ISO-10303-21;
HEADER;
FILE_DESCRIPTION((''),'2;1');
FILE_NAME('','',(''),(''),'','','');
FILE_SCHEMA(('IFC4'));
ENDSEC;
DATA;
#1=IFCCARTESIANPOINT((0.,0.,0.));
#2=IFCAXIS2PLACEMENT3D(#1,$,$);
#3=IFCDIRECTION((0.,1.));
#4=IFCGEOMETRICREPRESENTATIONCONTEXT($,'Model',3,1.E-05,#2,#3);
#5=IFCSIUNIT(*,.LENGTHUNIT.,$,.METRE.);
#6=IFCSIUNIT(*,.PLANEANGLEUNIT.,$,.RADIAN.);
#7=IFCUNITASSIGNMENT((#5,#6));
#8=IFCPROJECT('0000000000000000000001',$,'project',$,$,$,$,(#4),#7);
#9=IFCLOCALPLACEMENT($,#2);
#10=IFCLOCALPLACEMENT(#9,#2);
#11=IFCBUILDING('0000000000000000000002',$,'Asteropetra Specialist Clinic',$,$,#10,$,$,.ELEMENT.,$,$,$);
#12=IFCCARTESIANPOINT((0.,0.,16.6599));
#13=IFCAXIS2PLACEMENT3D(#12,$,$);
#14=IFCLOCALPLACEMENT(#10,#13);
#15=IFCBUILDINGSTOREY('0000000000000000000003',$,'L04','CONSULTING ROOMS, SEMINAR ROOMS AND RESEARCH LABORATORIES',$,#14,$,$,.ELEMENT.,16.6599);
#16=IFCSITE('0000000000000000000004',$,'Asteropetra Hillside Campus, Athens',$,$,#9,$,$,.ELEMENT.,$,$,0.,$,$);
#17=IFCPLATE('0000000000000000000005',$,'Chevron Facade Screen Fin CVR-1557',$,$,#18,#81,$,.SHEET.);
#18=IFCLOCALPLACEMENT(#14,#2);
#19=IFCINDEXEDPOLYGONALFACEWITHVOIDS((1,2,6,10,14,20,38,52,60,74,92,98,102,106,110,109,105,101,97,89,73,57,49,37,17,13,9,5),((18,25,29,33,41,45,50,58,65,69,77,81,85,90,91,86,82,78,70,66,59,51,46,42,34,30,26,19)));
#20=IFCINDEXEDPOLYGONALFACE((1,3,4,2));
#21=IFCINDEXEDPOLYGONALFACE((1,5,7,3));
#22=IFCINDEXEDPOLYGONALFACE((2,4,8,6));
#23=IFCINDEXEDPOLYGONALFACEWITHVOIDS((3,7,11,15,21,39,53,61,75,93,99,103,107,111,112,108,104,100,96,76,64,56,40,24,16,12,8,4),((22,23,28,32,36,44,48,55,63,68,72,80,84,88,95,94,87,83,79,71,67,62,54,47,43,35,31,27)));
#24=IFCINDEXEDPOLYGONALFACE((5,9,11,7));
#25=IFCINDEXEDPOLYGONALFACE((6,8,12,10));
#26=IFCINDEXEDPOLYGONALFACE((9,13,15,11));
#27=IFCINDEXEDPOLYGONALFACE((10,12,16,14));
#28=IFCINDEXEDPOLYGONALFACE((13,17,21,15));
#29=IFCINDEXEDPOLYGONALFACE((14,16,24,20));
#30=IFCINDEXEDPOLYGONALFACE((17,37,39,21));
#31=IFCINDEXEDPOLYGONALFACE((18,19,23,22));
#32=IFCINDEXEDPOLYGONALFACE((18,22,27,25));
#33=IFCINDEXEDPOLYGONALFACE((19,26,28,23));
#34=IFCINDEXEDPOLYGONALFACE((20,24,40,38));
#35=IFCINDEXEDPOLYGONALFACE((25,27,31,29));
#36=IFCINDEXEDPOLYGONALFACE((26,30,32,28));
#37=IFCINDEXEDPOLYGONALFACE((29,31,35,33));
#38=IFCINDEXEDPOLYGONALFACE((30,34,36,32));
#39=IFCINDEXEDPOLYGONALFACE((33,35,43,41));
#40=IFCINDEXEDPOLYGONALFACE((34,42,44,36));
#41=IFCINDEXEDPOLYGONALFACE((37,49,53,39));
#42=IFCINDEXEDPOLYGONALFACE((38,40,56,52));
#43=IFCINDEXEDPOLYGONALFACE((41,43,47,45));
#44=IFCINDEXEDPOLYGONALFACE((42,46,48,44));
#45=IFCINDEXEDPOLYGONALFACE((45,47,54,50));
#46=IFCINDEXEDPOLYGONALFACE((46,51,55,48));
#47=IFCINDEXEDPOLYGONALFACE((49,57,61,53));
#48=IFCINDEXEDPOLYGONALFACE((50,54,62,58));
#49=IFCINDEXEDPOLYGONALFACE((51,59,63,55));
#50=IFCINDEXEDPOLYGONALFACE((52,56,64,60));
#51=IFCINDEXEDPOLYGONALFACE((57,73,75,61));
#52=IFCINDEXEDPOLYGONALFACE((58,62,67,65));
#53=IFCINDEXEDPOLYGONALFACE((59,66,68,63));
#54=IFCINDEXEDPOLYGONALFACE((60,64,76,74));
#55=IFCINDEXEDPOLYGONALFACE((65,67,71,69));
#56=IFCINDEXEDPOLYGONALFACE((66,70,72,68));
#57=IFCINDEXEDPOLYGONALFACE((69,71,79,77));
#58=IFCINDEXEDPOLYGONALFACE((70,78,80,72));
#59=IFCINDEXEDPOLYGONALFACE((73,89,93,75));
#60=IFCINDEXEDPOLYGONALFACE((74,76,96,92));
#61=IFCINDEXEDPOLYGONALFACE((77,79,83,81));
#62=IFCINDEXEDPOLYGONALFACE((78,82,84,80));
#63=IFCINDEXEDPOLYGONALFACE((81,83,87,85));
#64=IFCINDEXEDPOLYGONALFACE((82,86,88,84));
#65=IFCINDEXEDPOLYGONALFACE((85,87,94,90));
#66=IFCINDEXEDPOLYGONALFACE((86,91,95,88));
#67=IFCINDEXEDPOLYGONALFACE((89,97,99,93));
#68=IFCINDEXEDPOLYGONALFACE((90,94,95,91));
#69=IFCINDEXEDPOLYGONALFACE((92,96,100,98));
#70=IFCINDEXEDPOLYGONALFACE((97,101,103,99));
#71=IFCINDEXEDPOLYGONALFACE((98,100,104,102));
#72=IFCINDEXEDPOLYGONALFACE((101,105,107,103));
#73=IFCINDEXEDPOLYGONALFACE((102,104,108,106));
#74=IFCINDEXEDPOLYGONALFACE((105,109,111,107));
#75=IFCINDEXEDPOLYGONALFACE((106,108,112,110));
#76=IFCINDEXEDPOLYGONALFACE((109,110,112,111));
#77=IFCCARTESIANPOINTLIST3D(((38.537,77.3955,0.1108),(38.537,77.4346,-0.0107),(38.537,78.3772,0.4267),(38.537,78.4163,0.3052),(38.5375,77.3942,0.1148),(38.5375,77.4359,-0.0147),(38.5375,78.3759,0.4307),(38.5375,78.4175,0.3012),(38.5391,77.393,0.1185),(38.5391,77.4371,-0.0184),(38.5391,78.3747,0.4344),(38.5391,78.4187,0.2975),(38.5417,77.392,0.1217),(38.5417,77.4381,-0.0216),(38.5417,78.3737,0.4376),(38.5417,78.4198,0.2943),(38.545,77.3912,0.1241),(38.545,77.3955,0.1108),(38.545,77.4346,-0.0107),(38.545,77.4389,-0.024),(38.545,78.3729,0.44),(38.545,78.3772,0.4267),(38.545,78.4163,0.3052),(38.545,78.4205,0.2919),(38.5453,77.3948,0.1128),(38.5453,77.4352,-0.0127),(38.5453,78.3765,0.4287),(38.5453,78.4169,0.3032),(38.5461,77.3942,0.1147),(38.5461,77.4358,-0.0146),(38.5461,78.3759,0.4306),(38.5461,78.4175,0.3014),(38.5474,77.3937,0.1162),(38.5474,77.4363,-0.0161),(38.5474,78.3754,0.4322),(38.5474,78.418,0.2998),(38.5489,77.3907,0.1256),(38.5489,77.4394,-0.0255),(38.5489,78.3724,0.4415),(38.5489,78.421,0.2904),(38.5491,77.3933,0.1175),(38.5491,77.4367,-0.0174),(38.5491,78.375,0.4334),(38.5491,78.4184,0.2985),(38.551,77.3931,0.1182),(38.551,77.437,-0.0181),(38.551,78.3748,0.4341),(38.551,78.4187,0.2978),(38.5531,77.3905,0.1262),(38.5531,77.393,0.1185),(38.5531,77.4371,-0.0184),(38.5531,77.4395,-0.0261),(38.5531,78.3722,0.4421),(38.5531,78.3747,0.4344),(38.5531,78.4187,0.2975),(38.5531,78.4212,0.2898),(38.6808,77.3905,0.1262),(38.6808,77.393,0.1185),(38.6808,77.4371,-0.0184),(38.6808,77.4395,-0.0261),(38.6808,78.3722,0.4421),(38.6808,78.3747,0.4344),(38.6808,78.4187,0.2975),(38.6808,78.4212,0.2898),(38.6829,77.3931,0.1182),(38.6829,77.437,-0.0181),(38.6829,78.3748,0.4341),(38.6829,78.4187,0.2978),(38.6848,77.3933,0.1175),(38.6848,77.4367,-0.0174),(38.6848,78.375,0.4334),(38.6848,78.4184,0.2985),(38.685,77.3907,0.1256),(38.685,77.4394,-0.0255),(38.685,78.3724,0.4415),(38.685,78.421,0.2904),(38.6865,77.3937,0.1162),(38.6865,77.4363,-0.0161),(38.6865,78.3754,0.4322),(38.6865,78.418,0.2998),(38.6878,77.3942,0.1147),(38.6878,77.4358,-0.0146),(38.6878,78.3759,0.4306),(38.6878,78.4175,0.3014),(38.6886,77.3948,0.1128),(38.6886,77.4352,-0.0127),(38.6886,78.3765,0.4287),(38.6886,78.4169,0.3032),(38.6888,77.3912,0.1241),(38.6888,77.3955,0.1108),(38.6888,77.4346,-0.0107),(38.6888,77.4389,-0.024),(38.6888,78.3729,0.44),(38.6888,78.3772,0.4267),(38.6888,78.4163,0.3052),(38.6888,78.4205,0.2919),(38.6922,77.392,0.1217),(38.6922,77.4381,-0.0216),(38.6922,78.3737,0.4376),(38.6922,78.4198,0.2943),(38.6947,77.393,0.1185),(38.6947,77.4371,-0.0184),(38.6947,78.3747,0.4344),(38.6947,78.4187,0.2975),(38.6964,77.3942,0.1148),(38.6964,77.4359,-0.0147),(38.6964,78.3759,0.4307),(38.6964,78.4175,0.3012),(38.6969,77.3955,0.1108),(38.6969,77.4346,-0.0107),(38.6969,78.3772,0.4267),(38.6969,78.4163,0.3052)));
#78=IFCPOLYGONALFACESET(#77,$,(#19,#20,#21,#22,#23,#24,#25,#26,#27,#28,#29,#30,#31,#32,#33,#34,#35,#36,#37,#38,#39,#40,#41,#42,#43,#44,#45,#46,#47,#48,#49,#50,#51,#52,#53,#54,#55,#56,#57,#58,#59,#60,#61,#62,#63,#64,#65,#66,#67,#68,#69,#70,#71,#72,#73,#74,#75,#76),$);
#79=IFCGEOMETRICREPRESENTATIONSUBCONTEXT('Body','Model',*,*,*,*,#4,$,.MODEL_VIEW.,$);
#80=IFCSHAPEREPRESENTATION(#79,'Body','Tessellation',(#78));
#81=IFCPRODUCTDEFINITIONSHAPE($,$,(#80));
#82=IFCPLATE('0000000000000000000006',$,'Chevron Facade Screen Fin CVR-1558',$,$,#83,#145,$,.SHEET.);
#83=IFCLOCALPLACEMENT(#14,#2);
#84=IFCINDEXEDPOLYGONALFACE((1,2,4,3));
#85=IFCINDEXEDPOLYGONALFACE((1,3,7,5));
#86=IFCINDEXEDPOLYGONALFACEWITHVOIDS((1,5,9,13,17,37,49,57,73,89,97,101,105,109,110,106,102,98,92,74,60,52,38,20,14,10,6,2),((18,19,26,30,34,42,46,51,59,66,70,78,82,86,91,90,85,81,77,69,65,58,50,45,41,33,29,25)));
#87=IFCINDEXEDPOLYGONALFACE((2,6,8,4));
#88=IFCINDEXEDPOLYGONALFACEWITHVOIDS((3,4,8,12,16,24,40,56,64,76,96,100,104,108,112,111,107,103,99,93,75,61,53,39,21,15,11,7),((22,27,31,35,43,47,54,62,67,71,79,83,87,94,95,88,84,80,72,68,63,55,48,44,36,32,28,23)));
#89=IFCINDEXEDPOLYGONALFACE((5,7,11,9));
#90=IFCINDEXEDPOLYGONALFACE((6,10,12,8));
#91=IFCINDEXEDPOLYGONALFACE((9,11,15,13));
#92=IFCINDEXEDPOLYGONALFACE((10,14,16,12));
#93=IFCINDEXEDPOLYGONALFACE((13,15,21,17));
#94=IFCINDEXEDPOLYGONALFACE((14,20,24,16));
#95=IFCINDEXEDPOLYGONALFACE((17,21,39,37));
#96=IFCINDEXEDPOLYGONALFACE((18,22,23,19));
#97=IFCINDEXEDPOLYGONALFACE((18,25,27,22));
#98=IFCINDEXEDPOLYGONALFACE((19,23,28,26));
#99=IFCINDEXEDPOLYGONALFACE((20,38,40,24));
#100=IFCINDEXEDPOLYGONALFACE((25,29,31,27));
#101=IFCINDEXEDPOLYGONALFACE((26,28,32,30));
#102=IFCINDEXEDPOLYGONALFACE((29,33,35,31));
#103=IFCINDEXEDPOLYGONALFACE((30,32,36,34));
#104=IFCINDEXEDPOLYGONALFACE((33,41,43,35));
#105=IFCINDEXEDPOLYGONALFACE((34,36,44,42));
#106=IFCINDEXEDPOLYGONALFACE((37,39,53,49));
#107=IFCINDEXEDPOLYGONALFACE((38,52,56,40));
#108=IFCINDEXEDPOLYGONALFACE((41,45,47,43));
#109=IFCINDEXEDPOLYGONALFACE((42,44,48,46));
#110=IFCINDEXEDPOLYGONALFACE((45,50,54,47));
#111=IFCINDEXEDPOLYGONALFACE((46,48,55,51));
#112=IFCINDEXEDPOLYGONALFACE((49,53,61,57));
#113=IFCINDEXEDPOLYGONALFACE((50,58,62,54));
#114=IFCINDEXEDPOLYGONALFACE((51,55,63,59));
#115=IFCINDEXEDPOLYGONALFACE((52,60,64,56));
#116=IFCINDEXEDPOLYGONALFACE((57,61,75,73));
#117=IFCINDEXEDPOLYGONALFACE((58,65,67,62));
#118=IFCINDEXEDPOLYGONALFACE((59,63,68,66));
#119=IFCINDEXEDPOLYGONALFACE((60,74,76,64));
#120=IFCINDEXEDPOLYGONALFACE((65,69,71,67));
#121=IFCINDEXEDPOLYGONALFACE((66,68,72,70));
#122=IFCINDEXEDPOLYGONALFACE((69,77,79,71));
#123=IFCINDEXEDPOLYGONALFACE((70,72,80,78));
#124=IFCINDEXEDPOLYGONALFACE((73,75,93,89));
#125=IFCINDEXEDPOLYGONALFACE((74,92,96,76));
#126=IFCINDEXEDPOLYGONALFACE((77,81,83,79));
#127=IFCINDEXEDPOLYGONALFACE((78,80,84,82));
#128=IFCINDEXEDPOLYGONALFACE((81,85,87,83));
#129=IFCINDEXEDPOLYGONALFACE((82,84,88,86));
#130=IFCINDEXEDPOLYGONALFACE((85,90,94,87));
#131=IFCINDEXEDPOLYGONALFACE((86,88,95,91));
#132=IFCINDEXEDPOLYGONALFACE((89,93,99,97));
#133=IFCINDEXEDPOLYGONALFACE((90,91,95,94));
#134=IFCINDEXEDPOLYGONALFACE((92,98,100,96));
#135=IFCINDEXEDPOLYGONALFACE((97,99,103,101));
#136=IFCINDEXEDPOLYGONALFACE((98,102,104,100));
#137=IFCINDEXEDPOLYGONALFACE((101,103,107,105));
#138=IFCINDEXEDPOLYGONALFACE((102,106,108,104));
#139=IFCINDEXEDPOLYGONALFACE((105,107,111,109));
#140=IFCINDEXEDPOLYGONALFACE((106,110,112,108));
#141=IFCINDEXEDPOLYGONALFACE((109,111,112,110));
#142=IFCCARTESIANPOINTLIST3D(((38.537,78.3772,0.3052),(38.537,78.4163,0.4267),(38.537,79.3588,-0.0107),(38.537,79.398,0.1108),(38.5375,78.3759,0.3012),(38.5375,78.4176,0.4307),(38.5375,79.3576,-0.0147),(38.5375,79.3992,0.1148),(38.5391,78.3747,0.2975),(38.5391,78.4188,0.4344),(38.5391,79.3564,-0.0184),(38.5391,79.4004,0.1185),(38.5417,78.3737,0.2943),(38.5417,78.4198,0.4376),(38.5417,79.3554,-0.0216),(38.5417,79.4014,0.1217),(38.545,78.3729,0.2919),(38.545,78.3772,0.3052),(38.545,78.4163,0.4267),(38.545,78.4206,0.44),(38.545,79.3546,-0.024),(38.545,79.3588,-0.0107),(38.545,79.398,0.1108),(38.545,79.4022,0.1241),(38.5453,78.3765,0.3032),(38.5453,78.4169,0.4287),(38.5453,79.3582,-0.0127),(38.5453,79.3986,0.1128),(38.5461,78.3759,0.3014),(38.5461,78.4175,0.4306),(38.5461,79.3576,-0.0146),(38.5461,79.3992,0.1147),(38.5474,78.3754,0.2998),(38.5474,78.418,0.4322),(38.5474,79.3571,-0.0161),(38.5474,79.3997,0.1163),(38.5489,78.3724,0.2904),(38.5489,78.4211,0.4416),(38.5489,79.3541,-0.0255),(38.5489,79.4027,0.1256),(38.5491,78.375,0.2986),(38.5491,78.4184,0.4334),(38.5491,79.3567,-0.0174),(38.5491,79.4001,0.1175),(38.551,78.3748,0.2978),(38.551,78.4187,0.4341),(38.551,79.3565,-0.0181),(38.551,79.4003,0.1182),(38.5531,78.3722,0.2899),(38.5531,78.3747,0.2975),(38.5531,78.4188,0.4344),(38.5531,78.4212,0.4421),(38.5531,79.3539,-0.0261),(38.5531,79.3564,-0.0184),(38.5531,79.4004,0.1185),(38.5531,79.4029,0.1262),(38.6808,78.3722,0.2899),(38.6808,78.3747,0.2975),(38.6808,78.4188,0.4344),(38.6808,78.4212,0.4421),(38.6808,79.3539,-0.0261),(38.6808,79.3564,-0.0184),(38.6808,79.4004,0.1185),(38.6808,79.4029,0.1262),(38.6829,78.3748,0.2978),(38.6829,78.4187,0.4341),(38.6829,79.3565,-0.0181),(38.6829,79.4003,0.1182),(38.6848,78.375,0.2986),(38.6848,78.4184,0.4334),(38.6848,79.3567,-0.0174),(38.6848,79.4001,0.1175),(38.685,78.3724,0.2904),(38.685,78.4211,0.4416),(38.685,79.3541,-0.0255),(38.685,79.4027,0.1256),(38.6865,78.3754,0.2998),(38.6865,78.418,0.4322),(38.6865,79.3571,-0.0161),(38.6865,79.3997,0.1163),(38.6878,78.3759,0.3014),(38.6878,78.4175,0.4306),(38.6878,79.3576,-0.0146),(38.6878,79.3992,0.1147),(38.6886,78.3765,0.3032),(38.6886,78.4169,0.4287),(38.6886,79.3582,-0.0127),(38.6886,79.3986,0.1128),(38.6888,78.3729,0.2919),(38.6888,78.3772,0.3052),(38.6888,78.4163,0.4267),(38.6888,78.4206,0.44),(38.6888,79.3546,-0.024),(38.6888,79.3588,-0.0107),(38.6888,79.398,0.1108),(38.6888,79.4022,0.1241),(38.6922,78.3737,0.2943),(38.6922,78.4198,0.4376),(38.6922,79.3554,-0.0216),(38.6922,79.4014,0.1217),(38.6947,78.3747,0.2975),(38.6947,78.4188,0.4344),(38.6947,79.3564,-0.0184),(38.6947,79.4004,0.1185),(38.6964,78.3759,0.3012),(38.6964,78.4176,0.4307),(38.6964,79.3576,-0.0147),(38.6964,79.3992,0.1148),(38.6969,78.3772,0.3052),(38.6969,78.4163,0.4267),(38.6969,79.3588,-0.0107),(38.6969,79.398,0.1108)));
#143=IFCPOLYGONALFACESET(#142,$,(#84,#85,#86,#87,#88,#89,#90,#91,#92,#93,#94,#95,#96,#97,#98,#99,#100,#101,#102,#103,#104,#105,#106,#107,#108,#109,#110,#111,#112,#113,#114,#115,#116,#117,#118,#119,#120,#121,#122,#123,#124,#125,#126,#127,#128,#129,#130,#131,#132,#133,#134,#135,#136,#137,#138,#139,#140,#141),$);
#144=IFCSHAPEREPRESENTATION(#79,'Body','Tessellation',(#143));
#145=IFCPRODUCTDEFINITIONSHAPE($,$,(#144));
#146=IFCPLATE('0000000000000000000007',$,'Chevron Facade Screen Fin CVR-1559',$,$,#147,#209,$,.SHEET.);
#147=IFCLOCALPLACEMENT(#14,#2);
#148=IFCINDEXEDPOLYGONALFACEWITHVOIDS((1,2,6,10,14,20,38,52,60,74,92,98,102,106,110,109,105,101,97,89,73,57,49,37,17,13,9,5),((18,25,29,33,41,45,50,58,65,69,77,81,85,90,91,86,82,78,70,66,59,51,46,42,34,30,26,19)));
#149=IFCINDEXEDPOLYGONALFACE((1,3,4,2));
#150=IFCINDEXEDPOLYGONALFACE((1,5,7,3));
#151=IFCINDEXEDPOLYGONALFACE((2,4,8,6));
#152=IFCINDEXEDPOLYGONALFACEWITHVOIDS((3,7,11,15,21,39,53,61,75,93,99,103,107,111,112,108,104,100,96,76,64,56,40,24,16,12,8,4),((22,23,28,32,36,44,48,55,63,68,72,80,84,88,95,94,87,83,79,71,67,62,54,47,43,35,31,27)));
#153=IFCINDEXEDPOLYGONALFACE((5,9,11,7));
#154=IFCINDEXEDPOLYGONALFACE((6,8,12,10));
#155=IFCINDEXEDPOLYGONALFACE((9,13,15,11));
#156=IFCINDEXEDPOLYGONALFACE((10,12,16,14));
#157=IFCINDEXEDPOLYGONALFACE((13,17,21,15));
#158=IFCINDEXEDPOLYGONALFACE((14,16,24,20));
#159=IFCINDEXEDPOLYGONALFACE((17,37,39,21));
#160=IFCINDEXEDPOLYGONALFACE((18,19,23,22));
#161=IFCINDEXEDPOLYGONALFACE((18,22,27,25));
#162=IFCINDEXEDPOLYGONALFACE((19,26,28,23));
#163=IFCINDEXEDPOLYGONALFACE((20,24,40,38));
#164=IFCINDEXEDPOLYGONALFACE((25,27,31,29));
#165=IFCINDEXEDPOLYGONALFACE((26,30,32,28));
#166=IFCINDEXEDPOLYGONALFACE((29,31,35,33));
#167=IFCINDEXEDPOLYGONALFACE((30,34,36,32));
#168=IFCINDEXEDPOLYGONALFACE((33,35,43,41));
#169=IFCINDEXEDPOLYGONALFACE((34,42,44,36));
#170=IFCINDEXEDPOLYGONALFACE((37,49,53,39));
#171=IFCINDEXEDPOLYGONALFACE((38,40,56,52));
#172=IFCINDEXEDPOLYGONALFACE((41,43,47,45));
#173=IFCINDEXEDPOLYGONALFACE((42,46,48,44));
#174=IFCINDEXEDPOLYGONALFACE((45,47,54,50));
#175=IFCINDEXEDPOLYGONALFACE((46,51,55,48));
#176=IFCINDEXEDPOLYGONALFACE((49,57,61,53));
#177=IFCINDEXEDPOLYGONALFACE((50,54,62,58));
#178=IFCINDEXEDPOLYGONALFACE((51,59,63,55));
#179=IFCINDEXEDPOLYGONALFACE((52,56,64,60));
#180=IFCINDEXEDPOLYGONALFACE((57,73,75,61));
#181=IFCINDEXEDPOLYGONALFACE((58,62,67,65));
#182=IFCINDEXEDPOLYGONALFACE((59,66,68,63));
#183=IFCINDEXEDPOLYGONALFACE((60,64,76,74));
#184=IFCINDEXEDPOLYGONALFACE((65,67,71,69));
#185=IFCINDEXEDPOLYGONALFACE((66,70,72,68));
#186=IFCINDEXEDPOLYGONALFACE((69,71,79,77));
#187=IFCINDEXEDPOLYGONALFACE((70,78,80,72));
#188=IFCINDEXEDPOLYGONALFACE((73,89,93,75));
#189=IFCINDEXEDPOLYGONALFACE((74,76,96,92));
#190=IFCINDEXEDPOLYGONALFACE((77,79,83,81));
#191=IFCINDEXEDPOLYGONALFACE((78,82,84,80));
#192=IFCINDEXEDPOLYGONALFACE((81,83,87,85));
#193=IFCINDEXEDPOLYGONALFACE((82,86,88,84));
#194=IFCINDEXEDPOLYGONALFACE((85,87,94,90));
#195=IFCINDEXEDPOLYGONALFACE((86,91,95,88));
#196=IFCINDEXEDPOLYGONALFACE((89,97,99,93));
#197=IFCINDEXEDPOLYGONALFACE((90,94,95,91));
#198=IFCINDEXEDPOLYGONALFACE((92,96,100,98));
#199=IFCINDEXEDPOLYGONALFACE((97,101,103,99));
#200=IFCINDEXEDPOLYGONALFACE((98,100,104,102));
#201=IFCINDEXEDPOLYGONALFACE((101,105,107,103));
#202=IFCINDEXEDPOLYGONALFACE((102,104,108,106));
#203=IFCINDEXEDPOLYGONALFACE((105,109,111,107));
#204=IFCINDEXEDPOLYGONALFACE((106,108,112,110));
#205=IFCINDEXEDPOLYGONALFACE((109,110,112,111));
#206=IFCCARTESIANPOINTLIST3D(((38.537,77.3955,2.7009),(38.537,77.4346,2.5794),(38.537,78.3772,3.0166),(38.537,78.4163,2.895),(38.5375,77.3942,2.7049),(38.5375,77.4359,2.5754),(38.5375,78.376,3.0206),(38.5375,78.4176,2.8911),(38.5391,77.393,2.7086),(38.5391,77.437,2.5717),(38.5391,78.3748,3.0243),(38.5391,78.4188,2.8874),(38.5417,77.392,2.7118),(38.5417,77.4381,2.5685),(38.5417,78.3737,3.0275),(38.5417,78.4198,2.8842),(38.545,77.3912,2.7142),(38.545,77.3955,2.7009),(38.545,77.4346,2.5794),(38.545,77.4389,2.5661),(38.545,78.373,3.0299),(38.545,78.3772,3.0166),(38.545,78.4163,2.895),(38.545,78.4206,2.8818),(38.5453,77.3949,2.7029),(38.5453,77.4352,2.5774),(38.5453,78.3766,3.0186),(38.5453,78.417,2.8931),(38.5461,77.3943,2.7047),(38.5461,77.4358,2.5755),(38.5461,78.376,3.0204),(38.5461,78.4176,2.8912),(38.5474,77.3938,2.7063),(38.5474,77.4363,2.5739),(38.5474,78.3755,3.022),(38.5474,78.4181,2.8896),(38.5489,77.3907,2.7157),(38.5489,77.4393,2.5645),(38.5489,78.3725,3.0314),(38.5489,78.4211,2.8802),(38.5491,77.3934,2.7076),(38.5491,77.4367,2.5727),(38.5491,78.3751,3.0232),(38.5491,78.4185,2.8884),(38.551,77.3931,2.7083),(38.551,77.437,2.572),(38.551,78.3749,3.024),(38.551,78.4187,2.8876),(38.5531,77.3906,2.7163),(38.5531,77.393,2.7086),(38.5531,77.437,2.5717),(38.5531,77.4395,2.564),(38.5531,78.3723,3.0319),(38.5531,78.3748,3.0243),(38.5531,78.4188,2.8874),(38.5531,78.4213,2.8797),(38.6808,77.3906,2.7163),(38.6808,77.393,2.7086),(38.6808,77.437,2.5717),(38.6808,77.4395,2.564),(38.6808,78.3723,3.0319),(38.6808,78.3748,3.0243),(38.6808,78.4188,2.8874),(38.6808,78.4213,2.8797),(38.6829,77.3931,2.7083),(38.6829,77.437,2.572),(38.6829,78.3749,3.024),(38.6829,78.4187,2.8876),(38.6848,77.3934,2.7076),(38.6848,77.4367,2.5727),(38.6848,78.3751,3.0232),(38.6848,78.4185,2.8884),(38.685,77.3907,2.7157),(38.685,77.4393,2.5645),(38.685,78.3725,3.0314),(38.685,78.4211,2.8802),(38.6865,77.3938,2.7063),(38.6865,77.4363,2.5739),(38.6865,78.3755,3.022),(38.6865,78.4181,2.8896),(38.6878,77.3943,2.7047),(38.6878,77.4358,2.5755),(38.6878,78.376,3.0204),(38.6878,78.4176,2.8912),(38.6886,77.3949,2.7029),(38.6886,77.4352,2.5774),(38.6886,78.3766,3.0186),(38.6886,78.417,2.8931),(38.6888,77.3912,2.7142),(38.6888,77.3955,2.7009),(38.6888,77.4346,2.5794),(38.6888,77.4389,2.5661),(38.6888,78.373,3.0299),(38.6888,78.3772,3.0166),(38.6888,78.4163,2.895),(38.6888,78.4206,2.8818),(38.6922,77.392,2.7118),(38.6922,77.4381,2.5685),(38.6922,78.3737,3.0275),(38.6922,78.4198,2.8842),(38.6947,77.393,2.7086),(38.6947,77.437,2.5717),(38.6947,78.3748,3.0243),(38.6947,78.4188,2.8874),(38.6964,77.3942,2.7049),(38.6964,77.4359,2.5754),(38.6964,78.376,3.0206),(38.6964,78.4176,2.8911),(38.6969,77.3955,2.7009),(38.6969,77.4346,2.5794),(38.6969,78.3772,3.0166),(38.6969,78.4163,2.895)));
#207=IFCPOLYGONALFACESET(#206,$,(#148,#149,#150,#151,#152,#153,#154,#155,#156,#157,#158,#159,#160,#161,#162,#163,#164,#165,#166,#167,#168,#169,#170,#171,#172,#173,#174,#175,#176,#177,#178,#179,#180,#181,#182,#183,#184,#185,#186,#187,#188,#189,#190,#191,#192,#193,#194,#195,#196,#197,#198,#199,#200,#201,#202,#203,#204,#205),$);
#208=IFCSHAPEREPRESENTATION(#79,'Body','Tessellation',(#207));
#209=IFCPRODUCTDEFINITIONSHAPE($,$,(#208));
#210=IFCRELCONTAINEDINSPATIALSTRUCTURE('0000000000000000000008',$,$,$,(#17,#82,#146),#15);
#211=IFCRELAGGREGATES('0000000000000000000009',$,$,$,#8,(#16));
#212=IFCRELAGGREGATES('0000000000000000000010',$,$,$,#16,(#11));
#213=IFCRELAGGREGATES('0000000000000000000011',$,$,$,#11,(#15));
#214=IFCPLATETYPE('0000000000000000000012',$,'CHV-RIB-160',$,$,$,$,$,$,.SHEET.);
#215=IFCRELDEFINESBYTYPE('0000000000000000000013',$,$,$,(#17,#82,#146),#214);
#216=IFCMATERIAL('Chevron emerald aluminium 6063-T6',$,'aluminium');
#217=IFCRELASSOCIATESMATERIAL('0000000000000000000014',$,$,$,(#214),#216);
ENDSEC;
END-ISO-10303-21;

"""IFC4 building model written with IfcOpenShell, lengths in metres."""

from ifc_helpers import new_model, si_unit, direction, frame, origin, origin_2d, place, context, subcontext, project, spatial, hollow_rectangle, extrude, material, material_profile, profile_set, type_object, element, save


model = new_model("IFC4")

# Units and contexts
model_context = context("Model", 3, precision=1e-05, world=origin(), true_north=direction((0.0, 1.0)))
body_context = subcontext(model_context, "Body", "Model", "MODEL_VIEW")
ifc_project = project(units=[si_unit("LENGTHUNIT", "METRE"), si_unit("PLANEANGLEUNIT", "RADIAN")], contexts=[model_context])

# Site, building, storey
site_placement = place(None, origin())
site = spatial("IfcSite", under=ifc_project, at=site_placement, Name="Asteropetra Hillside Campus, Athens", CompositionType="ELEMENT", RefElevation=0.0)
building_placement = place(site_placement, origin())
building = spatial("IfcBuilding", under=site, at=building_placement, Name="Asteropetra Specialist Clinic", CompositionType="ELEMENT")
storey_placement = place(building_placement, frame((0.0, 0.0, 16.6599)))
storey = spatial("IfcBuildingStorey", under=building, at=storey_placement, Name="L04", Description="CONSULTING ROOMS, SEMINAR ROOMS AND RESEARCH LABORATORIES", CompositionType="ELEMENT", Elevation=16.6599)

# Plates
ifc_material_1 = material(Name="Chevron emerald aluminium 6063-T6", Category="aluminium")
ifc_material_profile = material_profile(ifc_material_1, hollow_rectangle(XDim=0.1599, YDim=0.1599, WallThickness=0.0081, InnerFilletRadius=0.0081, OuterFilletRadius=0.0161, at=origin_2d()), Name="SHS 160x160x8.0")
ifc_profile_set = profile_set([ifc_material_profile], Name="Chevron emerald aluminium 6063-T6")
plate_type_1 = type_object("IfcPlateType", Name="CHV-RIB-160", PredefinedType="SHEET", material=ifc_profile_set)
for number, where, z_axis, x_axis, name in (
    (1, (38.6169, 77.415, 0.05), (0.0, 0.951923, 0.306339), (-1.0, 0.0, 0.0), "Chevron Facade Screen Fin CVR-1557"),
    (2, (38.6169, 78.3967, 0.366), (0.0, 0.951923, -0.306339), (-1.0, 0.0, 0.0), "Chevron Facade Screen Fin CVR-1558"),
    (3, (38.6169, 77.415, 2.6401), (0.0, 0.951992, 0.306124), (-1.0, 0.0, 0.0), "Chevron Facade Screen Fin CVR-1559"),
):
    element("IfcPlate", number, at=place(storey_placement, frame(where, z_axis=z_axis, x_axis=x_axis)), inside=storey, type_object=plate_type_1, Name=name, PredefinedType="SHEET", context=body_context, shape_type="SweptSolid", body=[
        extrude(hollow_rectangle(XDim=0.1599, YDim=0.1599, WallThickness=0.0081, InnerFilletRadius=0.0081, OuterFilletRadius=0.0161, at=origin_2d()), origin(), (0.0, 0.0, 1.0), 1.0312),
    ])

save(model, "model.ifc")
